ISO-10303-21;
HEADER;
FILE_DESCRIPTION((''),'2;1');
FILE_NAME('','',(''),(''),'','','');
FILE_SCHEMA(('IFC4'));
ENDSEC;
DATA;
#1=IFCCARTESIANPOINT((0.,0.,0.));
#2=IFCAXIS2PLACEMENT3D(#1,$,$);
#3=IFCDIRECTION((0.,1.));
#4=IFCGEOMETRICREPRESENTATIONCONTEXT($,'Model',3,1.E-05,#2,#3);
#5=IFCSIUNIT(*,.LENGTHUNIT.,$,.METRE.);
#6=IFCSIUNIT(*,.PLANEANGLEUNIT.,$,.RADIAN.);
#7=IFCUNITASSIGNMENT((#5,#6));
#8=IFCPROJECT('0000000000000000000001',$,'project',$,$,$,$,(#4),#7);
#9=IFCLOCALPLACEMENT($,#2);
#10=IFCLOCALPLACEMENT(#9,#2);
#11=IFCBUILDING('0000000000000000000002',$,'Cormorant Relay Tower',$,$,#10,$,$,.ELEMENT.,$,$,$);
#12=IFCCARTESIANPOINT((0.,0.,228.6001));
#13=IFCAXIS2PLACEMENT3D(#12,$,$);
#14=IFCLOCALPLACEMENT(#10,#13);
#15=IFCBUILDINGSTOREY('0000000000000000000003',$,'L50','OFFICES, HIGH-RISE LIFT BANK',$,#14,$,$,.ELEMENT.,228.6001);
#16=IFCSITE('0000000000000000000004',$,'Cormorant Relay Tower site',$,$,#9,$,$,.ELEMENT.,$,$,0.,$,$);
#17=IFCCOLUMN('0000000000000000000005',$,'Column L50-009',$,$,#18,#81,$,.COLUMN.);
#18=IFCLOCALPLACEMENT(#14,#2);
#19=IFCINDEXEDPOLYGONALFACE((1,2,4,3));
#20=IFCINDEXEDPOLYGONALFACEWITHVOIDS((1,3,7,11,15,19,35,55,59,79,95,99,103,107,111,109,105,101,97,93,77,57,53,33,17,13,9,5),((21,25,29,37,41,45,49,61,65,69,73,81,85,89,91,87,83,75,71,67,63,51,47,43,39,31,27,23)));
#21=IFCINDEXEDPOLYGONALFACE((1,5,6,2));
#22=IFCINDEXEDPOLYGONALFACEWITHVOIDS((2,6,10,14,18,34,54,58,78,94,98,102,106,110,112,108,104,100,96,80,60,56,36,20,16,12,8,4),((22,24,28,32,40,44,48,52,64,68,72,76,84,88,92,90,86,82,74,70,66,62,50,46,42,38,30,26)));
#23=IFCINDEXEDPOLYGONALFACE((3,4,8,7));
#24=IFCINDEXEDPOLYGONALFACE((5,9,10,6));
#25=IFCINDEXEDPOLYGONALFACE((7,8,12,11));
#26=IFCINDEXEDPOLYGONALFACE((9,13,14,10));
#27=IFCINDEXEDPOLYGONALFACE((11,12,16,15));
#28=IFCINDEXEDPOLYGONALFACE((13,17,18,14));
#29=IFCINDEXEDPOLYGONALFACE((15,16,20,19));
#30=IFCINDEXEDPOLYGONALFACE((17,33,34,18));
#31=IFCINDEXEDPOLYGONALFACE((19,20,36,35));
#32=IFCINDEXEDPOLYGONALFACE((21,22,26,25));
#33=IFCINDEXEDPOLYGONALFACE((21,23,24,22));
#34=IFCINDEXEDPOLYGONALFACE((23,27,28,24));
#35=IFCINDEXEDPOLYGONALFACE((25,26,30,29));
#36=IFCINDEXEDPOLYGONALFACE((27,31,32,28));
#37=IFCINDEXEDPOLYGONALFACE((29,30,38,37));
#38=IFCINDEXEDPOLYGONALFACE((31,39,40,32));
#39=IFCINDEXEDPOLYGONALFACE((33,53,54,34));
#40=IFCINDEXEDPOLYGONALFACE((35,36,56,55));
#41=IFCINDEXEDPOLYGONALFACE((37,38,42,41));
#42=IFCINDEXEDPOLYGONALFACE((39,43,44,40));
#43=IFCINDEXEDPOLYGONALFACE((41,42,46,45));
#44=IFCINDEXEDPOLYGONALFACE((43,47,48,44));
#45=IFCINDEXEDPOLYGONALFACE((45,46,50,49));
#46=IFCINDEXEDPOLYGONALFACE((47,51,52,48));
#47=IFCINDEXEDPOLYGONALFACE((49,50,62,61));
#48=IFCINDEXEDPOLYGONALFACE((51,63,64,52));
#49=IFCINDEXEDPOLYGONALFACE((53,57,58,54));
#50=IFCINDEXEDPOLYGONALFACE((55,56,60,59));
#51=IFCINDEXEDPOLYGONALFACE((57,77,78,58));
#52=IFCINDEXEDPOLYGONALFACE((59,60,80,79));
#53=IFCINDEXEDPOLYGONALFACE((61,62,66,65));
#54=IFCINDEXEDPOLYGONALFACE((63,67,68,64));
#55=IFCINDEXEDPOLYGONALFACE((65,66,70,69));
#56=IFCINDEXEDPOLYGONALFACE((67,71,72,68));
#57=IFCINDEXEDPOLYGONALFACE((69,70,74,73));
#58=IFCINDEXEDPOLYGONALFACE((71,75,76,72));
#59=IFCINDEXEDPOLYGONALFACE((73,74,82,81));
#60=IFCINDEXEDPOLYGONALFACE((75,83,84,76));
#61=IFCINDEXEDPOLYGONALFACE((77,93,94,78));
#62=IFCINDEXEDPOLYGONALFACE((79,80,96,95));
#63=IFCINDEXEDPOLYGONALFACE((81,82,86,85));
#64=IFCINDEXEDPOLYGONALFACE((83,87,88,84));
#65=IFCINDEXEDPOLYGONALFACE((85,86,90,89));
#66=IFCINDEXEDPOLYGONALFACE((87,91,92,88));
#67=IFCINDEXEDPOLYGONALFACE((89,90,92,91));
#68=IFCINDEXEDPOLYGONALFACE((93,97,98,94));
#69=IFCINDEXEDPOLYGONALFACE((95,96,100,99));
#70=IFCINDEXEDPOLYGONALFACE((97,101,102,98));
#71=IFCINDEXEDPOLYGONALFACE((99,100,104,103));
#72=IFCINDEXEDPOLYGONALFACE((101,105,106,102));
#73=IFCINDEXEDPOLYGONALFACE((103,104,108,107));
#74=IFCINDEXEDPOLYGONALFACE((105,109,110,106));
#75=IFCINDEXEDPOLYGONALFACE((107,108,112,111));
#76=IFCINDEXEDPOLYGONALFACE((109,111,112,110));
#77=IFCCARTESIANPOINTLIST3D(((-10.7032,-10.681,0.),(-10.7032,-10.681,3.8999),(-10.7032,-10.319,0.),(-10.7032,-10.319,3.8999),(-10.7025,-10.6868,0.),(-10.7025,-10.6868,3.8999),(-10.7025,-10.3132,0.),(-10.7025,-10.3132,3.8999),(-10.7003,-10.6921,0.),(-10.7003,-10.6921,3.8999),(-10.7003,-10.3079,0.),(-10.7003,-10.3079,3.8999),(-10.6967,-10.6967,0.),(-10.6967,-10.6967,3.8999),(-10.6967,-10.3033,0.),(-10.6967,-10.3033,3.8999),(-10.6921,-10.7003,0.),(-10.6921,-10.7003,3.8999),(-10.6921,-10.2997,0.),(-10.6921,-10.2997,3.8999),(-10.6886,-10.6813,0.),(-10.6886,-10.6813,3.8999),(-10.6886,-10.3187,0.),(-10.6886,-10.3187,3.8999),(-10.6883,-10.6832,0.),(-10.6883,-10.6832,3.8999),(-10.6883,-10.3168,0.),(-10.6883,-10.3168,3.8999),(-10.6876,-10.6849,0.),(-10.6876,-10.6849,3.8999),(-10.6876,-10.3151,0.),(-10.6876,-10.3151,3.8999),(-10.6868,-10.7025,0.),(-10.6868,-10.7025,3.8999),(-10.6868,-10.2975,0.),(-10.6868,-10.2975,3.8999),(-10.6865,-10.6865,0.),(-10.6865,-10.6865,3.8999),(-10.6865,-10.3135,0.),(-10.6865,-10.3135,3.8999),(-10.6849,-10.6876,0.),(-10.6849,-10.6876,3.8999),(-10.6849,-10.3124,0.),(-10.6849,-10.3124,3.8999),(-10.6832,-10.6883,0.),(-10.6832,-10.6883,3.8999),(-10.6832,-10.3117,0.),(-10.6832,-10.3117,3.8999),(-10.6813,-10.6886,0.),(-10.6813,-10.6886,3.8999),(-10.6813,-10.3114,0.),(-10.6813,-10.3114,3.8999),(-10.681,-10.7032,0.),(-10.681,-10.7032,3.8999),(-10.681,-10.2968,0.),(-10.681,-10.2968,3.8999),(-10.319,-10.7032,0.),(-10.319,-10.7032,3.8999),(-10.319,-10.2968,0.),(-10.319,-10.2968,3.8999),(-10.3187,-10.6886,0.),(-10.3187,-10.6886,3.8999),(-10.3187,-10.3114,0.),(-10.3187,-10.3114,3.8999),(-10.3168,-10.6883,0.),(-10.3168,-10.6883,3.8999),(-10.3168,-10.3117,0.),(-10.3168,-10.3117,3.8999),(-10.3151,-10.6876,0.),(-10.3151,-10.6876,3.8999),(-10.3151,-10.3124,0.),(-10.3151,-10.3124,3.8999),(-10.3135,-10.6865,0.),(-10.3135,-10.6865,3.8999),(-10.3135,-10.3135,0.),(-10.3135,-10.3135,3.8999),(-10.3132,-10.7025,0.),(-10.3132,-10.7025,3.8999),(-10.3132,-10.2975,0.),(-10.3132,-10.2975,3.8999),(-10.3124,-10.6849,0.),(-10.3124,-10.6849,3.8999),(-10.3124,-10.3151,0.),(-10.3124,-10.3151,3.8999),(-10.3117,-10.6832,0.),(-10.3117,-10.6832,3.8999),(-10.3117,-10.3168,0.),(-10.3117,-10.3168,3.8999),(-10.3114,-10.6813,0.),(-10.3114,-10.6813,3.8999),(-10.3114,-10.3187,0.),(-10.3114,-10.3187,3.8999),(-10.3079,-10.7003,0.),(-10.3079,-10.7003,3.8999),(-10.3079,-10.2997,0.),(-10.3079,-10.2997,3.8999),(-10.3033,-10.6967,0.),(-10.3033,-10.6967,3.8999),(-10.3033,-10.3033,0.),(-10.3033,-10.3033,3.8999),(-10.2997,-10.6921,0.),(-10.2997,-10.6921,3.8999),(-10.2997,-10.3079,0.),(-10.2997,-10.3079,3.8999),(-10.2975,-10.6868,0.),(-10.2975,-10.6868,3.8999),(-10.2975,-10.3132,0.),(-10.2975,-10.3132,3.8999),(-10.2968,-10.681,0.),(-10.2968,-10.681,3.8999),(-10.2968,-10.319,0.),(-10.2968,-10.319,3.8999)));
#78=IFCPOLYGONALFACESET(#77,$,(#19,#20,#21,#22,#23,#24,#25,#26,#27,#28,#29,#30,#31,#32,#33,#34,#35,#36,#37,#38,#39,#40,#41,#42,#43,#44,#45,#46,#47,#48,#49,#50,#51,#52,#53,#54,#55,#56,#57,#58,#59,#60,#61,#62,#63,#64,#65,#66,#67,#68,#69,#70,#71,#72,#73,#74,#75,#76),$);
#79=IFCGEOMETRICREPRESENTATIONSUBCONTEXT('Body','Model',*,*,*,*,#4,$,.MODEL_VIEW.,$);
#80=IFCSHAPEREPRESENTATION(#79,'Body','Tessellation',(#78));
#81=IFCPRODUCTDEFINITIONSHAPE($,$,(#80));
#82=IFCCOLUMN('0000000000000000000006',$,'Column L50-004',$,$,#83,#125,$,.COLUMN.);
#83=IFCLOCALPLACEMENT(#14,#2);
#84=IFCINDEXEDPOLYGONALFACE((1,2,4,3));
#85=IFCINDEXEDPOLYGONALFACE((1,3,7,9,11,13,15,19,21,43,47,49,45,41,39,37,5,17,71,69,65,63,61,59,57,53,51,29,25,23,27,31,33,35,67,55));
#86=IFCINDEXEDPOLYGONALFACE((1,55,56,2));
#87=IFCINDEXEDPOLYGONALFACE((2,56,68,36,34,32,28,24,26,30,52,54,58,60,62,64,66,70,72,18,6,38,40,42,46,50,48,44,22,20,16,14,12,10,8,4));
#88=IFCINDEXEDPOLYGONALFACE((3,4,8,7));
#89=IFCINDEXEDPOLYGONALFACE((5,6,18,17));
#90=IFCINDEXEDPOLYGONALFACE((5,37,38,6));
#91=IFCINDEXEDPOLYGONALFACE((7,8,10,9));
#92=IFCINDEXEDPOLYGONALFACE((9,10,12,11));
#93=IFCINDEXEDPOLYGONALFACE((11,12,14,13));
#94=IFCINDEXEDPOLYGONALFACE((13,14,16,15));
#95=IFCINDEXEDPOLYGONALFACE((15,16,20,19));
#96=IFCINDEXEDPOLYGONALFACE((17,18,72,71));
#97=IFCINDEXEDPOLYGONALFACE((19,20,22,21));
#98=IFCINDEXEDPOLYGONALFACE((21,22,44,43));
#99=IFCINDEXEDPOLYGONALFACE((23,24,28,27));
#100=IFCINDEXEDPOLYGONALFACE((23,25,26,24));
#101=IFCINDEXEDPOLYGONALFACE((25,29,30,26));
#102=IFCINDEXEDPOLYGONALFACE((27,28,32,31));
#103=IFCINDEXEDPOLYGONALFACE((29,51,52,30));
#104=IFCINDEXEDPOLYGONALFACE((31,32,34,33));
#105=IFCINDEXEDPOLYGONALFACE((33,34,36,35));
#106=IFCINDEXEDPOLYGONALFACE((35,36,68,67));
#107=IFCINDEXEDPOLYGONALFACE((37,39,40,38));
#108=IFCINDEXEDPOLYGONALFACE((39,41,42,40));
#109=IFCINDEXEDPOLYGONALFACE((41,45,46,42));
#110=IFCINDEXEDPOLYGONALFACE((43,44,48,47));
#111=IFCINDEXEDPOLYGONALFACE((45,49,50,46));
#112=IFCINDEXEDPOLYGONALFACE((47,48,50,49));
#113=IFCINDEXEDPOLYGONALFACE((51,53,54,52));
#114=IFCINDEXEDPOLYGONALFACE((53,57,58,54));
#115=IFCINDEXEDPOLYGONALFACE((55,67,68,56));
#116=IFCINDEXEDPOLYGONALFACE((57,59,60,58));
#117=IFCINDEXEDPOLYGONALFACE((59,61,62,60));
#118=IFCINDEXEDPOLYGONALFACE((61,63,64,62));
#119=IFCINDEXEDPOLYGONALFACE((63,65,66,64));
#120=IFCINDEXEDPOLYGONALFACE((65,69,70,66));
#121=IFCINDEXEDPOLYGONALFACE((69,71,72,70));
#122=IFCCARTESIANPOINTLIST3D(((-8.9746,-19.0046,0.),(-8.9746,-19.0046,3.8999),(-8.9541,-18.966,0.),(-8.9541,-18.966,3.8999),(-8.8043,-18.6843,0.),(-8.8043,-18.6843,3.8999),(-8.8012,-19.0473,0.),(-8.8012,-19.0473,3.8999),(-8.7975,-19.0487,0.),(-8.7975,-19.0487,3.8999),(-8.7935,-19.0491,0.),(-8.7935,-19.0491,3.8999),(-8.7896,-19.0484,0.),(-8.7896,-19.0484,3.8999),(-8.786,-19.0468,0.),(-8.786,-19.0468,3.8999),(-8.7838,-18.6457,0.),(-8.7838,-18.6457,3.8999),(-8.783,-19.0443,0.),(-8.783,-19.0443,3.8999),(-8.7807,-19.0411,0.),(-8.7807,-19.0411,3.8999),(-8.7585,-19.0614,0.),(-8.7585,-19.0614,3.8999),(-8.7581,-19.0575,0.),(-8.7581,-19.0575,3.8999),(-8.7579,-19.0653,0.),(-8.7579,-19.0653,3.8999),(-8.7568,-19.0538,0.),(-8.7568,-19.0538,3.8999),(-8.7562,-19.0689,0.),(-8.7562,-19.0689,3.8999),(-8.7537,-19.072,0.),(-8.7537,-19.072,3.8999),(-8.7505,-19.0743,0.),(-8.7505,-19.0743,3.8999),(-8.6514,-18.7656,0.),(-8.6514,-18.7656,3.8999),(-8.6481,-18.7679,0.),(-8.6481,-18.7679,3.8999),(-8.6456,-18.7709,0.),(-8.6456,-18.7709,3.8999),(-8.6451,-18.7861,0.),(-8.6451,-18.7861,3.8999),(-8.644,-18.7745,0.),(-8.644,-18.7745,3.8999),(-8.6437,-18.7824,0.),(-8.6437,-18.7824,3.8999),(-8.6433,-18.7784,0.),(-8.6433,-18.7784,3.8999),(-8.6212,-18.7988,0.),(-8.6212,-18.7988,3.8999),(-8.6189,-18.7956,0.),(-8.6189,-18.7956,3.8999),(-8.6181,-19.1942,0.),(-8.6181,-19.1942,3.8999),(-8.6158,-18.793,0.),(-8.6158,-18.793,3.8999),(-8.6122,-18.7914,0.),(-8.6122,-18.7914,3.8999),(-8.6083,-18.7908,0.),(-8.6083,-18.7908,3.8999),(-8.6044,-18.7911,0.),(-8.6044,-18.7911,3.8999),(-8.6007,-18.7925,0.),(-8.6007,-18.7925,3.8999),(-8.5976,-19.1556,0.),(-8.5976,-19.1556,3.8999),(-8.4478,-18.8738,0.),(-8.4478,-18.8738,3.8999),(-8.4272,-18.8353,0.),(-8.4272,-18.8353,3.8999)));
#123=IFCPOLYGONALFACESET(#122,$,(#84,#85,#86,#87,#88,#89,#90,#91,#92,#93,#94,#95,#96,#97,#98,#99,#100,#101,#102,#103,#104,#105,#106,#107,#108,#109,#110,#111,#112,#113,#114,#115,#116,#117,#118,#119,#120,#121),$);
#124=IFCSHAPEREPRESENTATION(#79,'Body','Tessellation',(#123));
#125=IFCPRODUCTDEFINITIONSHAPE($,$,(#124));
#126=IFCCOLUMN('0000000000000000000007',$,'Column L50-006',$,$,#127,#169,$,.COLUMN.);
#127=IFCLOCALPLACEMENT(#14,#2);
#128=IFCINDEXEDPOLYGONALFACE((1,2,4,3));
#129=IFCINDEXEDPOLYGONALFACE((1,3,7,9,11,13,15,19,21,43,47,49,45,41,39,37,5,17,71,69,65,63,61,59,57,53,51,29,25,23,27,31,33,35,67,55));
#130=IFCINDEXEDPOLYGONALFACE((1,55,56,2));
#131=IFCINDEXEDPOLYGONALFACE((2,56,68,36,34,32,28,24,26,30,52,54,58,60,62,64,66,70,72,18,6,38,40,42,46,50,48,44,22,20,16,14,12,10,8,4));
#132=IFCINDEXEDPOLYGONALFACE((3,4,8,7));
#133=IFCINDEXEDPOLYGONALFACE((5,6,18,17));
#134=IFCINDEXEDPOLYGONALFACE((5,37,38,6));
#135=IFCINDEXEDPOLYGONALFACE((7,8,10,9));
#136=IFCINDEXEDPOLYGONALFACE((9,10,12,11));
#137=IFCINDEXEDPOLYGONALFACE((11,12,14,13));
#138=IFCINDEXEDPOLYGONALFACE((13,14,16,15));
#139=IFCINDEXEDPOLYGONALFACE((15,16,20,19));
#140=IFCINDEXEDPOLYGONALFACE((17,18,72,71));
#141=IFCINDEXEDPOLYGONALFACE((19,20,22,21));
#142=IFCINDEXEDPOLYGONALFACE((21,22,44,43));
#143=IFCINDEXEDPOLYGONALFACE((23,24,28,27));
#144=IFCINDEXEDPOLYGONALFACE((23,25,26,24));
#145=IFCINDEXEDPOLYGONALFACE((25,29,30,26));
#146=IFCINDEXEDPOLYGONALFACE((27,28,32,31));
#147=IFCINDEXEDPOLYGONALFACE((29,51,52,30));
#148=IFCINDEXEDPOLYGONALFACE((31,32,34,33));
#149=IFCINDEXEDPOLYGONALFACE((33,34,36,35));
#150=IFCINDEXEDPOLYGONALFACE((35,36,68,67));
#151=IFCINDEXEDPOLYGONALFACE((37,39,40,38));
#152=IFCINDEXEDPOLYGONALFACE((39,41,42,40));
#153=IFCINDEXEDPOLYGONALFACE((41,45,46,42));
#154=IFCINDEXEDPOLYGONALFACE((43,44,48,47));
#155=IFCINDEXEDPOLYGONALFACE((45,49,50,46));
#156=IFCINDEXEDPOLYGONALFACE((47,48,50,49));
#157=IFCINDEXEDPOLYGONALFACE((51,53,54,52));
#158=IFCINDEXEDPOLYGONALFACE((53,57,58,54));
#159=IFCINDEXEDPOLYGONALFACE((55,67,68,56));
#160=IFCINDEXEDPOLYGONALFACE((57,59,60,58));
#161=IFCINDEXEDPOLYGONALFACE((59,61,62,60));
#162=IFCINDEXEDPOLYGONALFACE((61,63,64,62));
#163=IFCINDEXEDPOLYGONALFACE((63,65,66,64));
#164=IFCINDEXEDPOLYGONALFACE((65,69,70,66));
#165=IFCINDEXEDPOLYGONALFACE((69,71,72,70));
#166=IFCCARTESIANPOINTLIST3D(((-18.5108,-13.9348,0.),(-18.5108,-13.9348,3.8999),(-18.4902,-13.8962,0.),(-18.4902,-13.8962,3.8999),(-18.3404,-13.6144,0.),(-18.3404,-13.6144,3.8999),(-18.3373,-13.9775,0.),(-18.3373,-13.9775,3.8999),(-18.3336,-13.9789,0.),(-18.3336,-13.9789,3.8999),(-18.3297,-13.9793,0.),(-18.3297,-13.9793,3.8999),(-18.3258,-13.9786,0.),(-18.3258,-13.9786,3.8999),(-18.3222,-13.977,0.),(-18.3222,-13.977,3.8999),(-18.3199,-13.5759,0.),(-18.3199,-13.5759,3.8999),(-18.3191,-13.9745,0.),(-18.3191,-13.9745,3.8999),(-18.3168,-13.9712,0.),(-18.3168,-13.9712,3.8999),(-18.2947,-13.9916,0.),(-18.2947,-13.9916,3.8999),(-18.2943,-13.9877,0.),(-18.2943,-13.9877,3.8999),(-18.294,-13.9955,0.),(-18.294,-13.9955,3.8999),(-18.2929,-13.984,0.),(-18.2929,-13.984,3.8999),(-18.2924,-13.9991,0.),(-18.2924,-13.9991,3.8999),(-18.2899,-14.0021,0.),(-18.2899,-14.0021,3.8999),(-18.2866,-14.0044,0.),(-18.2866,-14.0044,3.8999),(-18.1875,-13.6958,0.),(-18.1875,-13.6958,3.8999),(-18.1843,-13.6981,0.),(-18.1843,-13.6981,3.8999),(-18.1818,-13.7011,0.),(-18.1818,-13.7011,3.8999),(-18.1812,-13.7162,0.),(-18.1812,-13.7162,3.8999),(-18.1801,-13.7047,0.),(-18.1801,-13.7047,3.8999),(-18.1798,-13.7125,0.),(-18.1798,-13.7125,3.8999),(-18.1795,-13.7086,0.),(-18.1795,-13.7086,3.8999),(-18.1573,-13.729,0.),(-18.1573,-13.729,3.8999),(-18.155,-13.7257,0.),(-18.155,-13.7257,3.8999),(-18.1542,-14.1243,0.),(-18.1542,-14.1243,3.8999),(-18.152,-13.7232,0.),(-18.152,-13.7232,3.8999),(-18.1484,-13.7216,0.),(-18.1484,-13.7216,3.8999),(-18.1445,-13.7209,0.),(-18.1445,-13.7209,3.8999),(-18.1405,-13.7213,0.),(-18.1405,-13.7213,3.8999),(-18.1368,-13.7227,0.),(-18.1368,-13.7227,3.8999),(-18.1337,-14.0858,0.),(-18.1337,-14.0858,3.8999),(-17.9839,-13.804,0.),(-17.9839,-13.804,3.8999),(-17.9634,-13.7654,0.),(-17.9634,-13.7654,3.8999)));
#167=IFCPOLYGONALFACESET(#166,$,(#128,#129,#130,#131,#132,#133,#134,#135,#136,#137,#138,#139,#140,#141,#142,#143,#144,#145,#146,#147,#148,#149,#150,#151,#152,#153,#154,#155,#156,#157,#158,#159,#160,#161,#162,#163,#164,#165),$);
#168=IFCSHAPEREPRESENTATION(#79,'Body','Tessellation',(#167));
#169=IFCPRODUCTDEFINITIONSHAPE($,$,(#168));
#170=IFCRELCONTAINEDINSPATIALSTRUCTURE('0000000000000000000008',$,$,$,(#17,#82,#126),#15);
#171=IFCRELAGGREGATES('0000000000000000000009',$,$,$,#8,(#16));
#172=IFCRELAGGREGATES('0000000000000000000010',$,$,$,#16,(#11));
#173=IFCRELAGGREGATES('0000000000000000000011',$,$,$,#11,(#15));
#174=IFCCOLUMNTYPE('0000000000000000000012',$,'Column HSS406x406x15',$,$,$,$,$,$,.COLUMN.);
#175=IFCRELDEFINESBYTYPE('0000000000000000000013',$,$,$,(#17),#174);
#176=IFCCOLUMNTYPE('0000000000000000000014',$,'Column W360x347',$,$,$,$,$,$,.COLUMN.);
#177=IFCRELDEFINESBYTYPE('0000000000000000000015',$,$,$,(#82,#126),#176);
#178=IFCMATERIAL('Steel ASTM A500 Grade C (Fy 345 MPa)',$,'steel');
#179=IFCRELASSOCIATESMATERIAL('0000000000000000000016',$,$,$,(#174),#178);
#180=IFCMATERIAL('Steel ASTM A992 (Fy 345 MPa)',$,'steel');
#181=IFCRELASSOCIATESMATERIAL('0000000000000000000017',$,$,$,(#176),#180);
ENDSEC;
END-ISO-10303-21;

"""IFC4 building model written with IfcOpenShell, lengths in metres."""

from ifc_helpers import new_model, si_unit, direction, frame, origin, origin_2d, place, context, subcontext, project, spatial, hollow_rectangle, i_section, extrude, material, material_profile, profile_set, type_object, element, save


model = new_model("IFC4")

# Units and contexts
model_context = context("Model", 3, precision=1e-05, world=origin(), true_north=direction((0.0, 1.0)))
body_context = subcontext(model_context, "Body", "Model", "MODEL_VIEW")
ifc_project = project(units=[si_unit("LENGTHUNIT", "METRE"), si_unit("PLANEANGLEUNIT", "RADIAN")], contexts=[model_context])

# Site, building, storey
site_placement = place(None, origin())
site = spatial("IfcSite", under=ifc_project, at=site_placement, Name="Cormorant Relay Tower site", CompositionType="ELEMENT", RefElevation=0.0)
building_placement = place(site_placement, origin())
building = spatial("IfcBuilding", under=site, at=building_placement, Name="Cormorant Relay Tower", CompositionType="ELEMENT")
storey_placement = place(building_placement, frame((0.0, 0.0, 228.6001)))
storey = spatial("IfcBuildingStorey", under=building, at=storey_placement, Name="L50", Description="OFFICES, HIGH-RISE LIFT BANK", CompositionType="ELEMENT", Elevation=228.6001)

# Columns
ifc_material_1 = material(Name="Steel ASTM A500 Grade C (Fy 345 MPa)", Category="steel")
ifc_material_profile_1 = material_profile(ifc_material_1, hollow_rectangle(XDim=0.4065, YDim=0.4065, WallThickness=0.0146, InnerFilletRadius=0.0073, OuterFilletRadius=0.0222, at=origin_2d()), Name="HSS406x406x15")
ifc_profile_set_1 = profile_set([ifc_material_profile_1], Name="Steel ASTM A500 Grade C (Fy 345 MPa)")
column_type_1 = type_object("IfcColumnType", Name="Column HSS406x406x15", PredefinedType="COLUMN", material=ifc_profile_set_1)
column_placement = place(storey_placement, frame((-10.5, -10.5, 0.0), z_axis=(0.0, 0.0, 1.0), x_axis=(1.0, 0.0, 0.0)))
element("IfcColumn", 1, at=column_placement, inside=storey, type_object=column_type_1, Name="Column L50-009", PredefinedType="COLUMN", context=body_context, shape_type="SweptSolid", body=[
    extrude(hollow_rectangle(XDim=0.4065, YDim=0.4065, WallThickness=0.0146, InnerFilletRadius=0.0073, OuterFilletRadius=0.0222, at=origin_2d()), origin(), (0.0, 0.0, 1.0), 3.8999),
])
ifc_material_2 = material(Name="Steel ASTM A992 (Fy 345 MPa)", Category="steel")
ifc_material_profile_2 = material_profile(ifc_material_2, i_section(OverallWidth=0.4038, OverallDepth=0.4065, WebThickness=0.0271, FlangeThickness=0.0437, FilletRadius=0.0151, at=origin_2d()), Name="W360x347")
ifc_profile_set_2 = profile_set([ifc_material_profile_2], Name="Steel ASTM A992 (Fy 345 MPa)")
column_type_2 = type_object("IfcColumnType", Name="Column W360x347", PredefinedType="COLUMN", material=ifc_profile_set_2)
for number, where, z_axis, x_axis, name in (
    (2, (-8.7009, -18.9199, 0.0), (0.0, 0.0, 1.0), (0.882948, -0.469472, 0.0), "Column L50-004"),
    (3, (-18.2371, -13.8501, 0.0), (0.0, 0.0, 1.0), (0.882948, -0.469472, 0.0), "Column L50-006"),
):
    element("IfcColumn", number, at=place(storey_placement, frame(where, z_axis=z_axis, x_axis=x_axis)), inside=storey, type_object=column_type_2, Name=name, PredefinedType="COLUMN", context=body_context, shape_type="SweptSolid", body=[
        extrude(i_section(OverallWidth=0.4038, OverallDepth=0.4065, WebThickness=0.0271, FlangeThickness=0.0437, FilletRadius=0.0151, at=origin_2d()), origin(), (0.0, 0.0, 1.0), 3.8999),
    ])

save(model, "model.ifc")
